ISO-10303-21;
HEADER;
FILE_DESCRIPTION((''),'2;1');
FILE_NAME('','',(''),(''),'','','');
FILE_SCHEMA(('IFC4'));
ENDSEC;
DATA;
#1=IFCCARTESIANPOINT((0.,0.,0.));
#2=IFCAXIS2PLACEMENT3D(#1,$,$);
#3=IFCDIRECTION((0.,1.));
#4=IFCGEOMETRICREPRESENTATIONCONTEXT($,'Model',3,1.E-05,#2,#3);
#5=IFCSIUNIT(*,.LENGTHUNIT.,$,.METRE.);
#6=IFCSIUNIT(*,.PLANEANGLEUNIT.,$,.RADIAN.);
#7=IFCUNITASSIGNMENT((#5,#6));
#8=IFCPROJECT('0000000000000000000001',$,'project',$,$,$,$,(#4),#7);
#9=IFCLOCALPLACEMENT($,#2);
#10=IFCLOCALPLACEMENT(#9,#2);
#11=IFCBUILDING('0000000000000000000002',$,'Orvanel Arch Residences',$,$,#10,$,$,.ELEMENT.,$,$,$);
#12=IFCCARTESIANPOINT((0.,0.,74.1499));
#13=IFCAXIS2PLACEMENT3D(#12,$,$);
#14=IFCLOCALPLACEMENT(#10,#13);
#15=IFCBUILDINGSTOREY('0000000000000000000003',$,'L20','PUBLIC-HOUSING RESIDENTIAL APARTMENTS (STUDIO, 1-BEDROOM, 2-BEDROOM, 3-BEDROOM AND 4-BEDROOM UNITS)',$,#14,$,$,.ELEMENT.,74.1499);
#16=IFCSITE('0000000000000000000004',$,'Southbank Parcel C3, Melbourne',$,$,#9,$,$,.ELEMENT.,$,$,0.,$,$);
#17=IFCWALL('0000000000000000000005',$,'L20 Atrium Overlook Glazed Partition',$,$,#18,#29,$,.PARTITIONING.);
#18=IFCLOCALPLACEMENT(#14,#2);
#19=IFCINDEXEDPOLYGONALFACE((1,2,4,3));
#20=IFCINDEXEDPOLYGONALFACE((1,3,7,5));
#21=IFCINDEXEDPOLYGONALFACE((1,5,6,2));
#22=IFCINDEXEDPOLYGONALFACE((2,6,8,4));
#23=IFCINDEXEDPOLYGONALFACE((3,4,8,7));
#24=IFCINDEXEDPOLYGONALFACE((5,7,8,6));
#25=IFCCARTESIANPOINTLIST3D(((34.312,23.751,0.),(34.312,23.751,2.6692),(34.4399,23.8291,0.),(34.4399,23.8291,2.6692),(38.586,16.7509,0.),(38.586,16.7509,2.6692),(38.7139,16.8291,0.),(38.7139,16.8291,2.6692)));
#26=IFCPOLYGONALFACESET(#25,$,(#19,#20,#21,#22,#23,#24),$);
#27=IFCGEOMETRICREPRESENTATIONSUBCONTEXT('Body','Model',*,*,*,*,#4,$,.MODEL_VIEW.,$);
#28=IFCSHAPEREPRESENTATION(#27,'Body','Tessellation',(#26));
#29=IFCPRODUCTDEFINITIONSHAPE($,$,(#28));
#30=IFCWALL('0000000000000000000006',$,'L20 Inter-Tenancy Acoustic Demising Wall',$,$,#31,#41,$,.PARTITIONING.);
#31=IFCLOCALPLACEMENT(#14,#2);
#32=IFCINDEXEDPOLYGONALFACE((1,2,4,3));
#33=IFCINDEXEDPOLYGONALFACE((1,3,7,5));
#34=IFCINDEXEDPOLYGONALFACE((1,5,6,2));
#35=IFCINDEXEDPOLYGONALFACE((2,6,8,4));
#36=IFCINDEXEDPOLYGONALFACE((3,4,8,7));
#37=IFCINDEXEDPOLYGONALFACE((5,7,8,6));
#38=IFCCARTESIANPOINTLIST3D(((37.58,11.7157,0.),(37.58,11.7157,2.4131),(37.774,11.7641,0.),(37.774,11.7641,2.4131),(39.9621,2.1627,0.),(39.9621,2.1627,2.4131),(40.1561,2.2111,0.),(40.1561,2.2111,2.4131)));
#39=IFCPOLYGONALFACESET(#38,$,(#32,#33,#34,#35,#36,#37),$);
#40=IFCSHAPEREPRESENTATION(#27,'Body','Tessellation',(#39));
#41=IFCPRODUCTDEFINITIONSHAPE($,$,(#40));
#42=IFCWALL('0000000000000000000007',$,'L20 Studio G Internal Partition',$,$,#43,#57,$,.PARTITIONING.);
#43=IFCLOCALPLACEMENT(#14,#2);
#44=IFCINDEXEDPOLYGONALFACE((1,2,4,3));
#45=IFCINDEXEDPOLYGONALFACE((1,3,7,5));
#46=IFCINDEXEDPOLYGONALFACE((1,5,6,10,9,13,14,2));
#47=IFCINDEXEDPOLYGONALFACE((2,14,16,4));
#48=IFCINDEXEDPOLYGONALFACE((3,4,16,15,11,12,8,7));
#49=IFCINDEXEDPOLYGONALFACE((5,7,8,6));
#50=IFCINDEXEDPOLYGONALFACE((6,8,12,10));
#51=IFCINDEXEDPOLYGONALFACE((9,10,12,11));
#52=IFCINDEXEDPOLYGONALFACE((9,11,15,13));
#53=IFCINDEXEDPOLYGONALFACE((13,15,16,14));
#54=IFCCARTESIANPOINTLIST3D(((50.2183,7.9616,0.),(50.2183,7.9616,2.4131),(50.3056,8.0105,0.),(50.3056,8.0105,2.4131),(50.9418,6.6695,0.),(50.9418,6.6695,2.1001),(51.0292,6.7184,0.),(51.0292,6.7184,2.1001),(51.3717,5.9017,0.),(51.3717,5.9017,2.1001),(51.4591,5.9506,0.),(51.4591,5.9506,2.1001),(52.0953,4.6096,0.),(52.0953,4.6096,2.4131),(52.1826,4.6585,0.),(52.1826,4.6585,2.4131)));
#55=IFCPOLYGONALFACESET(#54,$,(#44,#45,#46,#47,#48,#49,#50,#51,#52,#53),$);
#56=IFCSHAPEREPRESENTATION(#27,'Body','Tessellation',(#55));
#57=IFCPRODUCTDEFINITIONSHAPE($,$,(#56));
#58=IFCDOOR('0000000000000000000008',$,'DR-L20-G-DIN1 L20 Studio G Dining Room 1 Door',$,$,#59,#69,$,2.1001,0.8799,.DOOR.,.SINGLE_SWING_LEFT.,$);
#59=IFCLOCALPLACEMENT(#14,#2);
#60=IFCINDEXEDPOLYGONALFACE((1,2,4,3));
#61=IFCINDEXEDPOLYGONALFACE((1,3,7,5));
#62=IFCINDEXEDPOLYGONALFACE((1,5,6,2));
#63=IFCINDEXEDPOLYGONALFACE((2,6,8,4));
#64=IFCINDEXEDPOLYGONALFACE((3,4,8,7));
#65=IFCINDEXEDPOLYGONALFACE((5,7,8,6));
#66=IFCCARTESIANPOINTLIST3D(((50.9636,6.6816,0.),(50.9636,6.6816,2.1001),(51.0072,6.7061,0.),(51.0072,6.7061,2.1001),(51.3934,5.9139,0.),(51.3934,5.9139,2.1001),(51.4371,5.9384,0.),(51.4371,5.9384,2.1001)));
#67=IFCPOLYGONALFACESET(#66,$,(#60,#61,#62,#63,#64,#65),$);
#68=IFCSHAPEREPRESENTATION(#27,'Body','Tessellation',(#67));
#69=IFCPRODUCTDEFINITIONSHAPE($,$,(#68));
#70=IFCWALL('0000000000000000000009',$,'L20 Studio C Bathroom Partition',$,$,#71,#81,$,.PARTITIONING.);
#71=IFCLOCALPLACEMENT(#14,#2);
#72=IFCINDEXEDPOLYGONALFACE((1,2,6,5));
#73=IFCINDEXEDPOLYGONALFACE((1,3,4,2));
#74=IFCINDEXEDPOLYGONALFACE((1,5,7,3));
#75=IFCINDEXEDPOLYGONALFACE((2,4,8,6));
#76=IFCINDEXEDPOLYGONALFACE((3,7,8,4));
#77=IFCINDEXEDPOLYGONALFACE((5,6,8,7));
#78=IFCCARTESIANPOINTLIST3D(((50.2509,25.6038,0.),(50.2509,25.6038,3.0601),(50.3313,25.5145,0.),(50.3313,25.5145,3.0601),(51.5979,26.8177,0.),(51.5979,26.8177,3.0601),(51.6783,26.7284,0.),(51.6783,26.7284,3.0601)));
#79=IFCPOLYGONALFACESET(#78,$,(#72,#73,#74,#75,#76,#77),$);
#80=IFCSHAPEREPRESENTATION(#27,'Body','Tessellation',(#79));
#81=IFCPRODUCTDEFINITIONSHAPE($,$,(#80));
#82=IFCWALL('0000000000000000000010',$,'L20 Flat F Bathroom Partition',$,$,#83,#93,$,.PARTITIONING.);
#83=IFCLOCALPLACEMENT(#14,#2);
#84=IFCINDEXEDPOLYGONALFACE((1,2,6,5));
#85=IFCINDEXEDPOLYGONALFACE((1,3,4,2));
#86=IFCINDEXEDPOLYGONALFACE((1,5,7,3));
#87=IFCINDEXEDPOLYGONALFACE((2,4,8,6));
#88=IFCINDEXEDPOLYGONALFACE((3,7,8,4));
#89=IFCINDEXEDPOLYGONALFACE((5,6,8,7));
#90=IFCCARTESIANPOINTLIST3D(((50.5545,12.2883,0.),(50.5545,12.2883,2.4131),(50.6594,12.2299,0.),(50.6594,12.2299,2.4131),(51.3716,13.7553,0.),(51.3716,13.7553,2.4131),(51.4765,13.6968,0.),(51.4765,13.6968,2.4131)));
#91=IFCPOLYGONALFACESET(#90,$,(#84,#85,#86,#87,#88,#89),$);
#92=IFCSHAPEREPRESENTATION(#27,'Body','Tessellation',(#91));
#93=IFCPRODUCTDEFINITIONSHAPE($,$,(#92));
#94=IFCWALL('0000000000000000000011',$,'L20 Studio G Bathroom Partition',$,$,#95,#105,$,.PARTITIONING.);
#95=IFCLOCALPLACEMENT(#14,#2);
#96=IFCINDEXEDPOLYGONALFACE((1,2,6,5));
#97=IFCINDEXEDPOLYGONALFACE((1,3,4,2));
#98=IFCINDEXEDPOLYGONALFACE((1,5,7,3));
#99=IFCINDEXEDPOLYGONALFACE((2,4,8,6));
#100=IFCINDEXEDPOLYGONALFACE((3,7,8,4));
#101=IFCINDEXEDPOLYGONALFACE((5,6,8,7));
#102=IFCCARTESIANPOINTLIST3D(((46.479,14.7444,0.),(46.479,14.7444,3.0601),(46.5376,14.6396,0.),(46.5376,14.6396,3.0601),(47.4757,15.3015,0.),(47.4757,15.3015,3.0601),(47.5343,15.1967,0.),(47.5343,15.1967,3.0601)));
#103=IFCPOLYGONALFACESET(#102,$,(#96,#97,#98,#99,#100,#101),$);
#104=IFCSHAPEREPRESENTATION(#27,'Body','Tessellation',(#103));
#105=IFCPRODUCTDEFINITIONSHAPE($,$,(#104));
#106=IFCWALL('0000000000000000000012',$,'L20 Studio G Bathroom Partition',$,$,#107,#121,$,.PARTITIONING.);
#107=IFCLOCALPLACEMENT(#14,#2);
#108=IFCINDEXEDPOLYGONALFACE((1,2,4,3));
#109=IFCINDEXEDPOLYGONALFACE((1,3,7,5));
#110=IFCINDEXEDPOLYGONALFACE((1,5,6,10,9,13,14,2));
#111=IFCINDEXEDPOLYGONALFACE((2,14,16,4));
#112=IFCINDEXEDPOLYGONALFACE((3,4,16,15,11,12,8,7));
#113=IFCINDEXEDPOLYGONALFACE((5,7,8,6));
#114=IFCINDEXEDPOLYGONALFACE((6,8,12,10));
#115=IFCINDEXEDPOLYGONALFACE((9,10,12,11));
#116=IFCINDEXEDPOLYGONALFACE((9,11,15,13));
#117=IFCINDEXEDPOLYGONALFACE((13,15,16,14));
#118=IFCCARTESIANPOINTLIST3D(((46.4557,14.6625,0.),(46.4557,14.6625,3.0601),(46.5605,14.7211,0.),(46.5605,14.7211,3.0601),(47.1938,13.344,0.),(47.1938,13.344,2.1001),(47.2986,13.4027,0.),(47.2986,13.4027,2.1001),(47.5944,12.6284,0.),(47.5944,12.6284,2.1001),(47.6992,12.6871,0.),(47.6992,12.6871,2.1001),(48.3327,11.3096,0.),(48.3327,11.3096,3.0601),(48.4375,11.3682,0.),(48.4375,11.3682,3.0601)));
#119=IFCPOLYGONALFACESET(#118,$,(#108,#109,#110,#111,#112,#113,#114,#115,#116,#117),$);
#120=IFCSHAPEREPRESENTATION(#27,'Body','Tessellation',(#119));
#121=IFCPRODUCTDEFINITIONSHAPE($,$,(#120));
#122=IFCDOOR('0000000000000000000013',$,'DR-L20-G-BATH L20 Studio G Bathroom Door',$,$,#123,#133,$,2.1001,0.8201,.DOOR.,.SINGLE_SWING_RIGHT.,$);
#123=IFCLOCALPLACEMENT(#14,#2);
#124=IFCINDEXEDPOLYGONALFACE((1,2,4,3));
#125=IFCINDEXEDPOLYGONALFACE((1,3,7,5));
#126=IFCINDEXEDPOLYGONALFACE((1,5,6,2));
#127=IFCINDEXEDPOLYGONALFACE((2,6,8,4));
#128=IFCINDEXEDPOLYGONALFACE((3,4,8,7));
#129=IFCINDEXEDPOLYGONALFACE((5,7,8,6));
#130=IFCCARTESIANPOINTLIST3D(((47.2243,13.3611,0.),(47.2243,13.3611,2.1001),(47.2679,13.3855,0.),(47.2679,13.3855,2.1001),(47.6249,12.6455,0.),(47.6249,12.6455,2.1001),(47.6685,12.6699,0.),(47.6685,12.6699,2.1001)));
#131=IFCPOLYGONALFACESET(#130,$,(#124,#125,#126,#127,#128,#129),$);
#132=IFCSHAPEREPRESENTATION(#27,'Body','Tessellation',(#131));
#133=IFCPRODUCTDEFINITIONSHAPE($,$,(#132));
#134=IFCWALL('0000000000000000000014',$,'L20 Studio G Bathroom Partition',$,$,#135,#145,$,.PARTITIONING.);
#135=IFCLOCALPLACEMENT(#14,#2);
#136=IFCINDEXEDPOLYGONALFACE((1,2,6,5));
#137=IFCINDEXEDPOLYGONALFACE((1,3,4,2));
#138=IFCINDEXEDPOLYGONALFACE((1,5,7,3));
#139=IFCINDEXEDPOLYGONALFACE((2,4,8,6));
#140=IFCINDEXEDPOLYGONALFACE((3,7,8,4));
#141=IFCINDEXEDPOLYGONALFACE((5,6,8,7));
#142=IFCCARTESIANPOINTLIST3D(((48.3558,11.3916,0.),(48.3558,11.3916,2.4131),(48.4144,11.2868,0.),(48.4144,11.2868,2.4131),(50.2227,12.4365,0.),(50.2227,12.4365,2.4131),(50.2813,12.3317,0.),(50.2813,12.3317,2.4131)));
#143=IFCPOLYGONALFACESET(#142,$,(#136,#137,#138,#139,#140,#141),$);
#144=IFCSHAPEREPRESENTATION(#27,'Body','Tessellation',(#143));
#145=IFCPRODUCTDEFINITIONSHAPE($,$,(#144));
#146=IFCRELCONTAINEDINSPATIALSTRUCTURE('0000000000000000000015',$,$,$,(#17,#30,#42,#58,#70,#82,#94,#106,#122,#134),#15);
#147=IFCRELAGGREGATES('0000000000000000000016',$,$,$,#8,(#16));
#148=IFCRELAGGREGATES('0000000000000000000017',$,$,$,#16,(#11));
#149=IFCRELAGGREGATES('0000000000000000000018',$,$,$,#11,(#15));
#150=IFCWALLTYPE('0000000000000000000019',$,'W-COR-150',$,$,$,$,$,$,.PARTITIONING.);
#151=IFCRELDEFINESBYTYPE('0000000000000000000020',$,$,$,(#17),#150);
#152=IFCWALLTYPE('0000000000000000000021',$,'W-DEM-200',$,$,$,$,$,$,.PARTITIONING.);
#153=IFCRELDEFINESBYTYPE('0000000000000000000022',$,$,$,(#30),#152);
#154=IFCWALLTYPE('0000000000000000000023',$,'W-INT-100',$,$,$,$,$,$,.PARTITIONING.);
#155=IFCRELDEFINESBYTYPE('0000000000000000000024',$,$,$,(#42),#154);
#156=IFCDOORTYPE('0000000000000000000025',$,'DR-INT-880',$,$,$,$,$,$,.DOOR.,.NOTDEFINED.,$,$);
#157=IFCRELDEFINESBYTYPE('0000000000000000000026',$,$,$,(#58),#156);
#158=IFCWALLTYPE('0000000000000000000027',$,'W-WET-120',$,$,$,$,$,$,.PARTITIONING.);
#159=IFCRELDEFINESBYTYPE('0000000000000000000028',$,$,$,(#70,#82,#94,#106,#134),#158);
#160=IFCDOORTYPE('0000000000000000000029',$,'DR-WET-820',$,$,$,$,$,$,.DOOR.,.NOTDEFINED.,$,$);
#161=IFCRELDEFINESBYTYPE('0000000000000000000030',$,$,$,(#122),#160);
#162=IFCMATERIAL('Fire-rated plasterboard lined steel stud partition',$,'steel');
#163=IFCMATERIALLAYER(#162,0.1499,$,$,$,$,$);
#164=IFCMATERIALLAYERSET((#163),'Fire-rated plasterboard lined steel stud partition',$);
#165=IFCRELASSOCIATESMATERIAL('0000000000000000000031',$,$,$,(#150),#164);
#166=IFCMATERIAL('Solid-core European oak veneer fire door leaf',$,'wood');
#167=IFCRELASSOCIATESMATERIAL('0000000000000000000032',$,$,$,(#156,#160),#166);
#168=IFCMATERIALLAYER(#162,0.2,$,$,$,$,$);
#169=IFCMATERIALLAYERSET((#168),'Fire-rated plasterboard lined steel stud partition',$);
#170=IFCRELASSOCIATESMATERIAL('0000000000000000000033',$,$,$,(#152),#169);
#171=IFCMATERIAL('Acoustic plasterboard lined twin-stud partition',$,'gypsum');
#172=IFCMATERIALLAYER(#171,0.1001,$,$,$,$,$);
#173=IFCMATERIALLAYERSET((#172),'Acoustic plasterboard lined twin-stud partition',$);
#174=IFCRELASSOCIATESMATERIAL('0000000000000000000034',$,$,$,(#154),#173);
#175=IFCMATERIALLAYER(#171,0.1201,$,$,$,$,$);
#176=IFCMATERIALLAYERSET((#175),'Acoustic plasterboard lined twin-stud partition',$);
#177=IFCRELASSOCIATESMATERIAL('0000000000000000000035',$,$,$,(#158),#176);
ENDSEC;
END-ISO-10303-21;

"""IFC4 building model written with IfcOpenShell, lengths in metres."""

from ifc_helpers import new_model, si_unit, direction, frame, frame_2d, origin, place, context, subcontext, project, spatial, rectangle, extrude, material, layer, layer_set, type_object, element, fill, save


model = new_model("IFC4")

# Units and contexts
model_context = context("Model", 3, precision=1e-05, world=origin(), true_north=direction((0.0, 1.0)))
body_context = subcontext(model_context, "Body", "Model", "MODEL_VIEW")
ifc_project = project(units=[si_unit("LENGTHUNIT", "METRE"), si_unit("PLANEANGLEUNIT", "RADIAN")], contexts=[model_context])

# Site, building, storey
site_placement = place(None, origin())
site = spatial("IfcSite", under=ifc_project, at=site_placement, Name="Southbank Parcel C3, Melbourne", CompositionType="ELEMENT", RefElevation=0.0)
building_placement = place(site_placement, origin())
building = spatial("IfcBuilding", under=site, at=building_placement, Name="Orvanel Arch Residences", CompositionType="ELEMENT")
storey_placement = place(building_placement, frame((0.0, 0.0, 74.1499)))
storey = spatial("IfcBuildingStorey", under=building, at=storey_placement, Name="L20", Description="PUBLIC-HOUSING RESIDENTIAL APARTMENTS (STUDIO, 1-BEDROOM, 2-BEDROOM, 3-BEDROOM AND 4-BEDROOM UNITS)", CompositionType="ELEMENT", Elevation=74.1499)

# Shared definitions
ifc_material_1 = material(Name="Fire-rated plasterboard lined steel stud partition", Category="steel")
ifc_layer_1 = layer(ifc_material_1, 0.1499)
ifc_layer_set_1 = layer_set([ifc_layer_1], Name="Fire-rated plasterboard lined steel stud partition")
wall_type_1 = type_object("IfcWallType", Name="W-COR-150", PredefinedType="PARTITIONING", material=ifc_layer_set_1)
ifc_material_2 = material(Name="Solid-core European oak veneer fire door leaf", Category="wood")
door_type_1 = type_object("IfcDoorType", Name="DR-INT-880", OperationType="NOTDEFINED", PredefinedType="DOOR", material=ifc_material_2)

# Walls
wall_1_placement = place(storey_placement, frame((34.376, 23.79, 0.0), z_axis=(0.0, 0.0, 1.0), x_axis=(0.521108, -0.853491, 0.0)))
element("IfcWall", 1, at=wall_1_placement, inside=storey, type_object=wall_type_1, Name="L20 Atrium Overlook Glazed Partition", PredefinedType="PARTITIONING", context=body_context, shape_type="SweptSolid", body=[
    extrude(rectangle(XDim=8.2017, YDim=0.1499, at=frame_2d((4.1008, 0.0))), origin(), (0.0, 0.0, 1.0), 2.6692),
])
ifc_layer_2 = layer(ifc_material_1, 0.2)
ifc_layer_set_2 = layer_set([ifc_layer_2], Name="Fire-rated plasterboard lined steel stud partition")
wall_type_2 = type_object("IfcWallType", Name="W-DEM-200", PredefinedType="PARTITIONING", material=ifc_layer_set_2)
wall_2_placement = place(storey_placement, frame((37.677, 11.74, 0.0), z_axis=(0.0, 0.0, 1.0), x_axis=(0.241946, -0.97029, 0.0)))
element("IfcWall", 2, at=wall_2_placement, inside=storey, type_object=wall_type_2, Name="L20 Inter-Tenancy Acoustic Demising Wall", PredefinedType="PARTITIONING", context=body_context, shape_type="SweptSolid", body=[
    extrude(rectangle(XDim=9.8455, YDim=0.2, at=frame_2d((4.9229, 0.0))), origin(), (0.0, 0.0, 1.0), 2.4131),
])

# Wall, opening, door
ifc_material_3 = material(Name="Acoustic plasterboard lined twin-stud partition", Category="gypsum")
ifc_layer_3 = layer(ifc_material_3, 0.1001)
ifc_layer_set_3 = layer_set([ifc_layer_3], Name="Acoustic plasterboard lined twin-stud partition")
wall_type_3 = type_object("IfcWallType", Name="W-INT-100", PredefinedType="PARTITIONING", material=ifc_layer_set_3)
wall_3_placement = place(storey_placement, frame((50.262, 7.9861, 0.0), z_axis=(0.0, 0.0, 1.0), x_axis=(0.488565, -0.872528, 0.0)))
wall_3 = element("IfcWall", 3, at=wall_3_placement, inside=storey, type_object=wall_type_3, Name="L20 Studio G Internal Partition", PredefinedType="PARTITIONING", context=body_context, shape_type="SweptSolid", body=[
    extrude(rectangle(XDim=3.8418, YDim=0.1001, at=frame_2d((1.9209, 0.0))), origin(), (0.0, 0.0, 1.0), 2.4131),
])
opening_1_placement = place(wall_3_placement, frame((1.481, 0.0, 0.0)))
opening_1 = element("IfcOpeningElement", 4, at=opening_1_placement, cuts=wall_3, PredefinedType="OPENING", context=body_context, shape_type="SweptSolid", body=[
    extrude(rectangle(XDim=0.8799, YDim=2.1001, at=frame_2d((0.4399, 1.05))), frame((0.0, 0.0601, 0.0), z_axis=(0.0, -1.0, 0.0), x_axis=(1.0, 0.0, 0.0)), (0.0, 0.0, 1.0), 0.1201),
])
door_1_placement = place(opening_1_placement, origin())
door_1 = element("IfcDoor", 5, at=door_1_placement, inside=storey, type_object=door_type_1, Name="DR-L20-G-DIN1 L20 Studio G Dining Room 1 Door", OperationType="SINGLE_SWING_LEFT", OverallHeight=2.1001, OverallWidth=0.8799, PredefinedType="DOOR", context=body_context, shape_type="SweptSolid", body=[
    extrude(rectangle(XDim=0.8799, YDim=2.1001, at=frame_2d((0.4399, 1.05))), frame((0.0, 0.0249, 0.0), z_axis=(0.0, -1.0, 0.0), x_axis=(1.0, 0.0, 0.0)), (0.0, 0.0, 1.0), 0.05),
])
fill(opening_1, door_1)

# Walls
ifc_layer_4 = layer(ifc_material_3, 0.1201)
ifc_layer_set_4 = layer_set([ifc_layer_4], Name="Acoustic plasterboard lined twin-stud partition")
wall_type_4 = type_object("IfcWallType", Name="W-WET-120", PredefinedType="PARTITIONING", material=ifc_layer_set_4)
wall_4_placement = place(storey_placement, frame((50.291, 25.5591, 0.0), z_axis=(0.0, 0.0, 1.0), x_axis=(0.742845, 0.669463, 0.0)))
element("IfcWall", 6, at=wall_4_placement, inside=storey, type_object=wall_type_4, Name="L20 Studio C Bathroom Partition", PredefinedType="PARTITIONING", context=body_context, shape_type="SweptSolid", body=[
    extrude(rectangle(XDim=1.8132, YDim=0.1201, at=frame_2d((0.9067, 0.0))), origin(), (0.0, 0.0, 1.0), 3.0601),
])
wall_5_placement = place(storey_placement, frame((51.4241, 13.7261, 0.0), z_axis=(0.0, 0.0, 1.0), x_axis=(-0.486605, -0.873622, 0.0)))
element("IfcWall", 7, at=wall_5_placement, inside=storey, type_object=wall_type_4, Name="L20 Flat F Bathroom Partition", PredefinedType="PARTITIONING", context=body_context, shape_type="SweptSolid", body=[
    extrude(rectangle(XDim=1.6792, YDim=0.1201, at=frame_2d((0.8396, 0.0))), origin(), (0.0, 0.0, 1.0), 2.4131),
])
wall_6_placement = place(storey_placement, frame((47.5049, 15.249, 0.0), z_axis=(0.0, 0.0, 1.0), x_axis=(-0.872914, -0.487874, 0.0)))
element("IfcWall", 8, at=wall_6_placement, inside=storey, type_object=wall_type_4, Name="L20 Studio G Bathroom Partition", PredefinedType="PARTITIONING", context=body_context, shape_type="SweptSolid", body=[
    extrude(rectangle(XDim=1.1418, YDim=0.1201, at=frame_2d((0.5708, 0.0))), origin(), (0.0, 0.0, 1.0), 3.0601),
])

# Wall, opening, door
wall_7_placement = place(storey_placement, frame((46.5081, 14.6919, 0.0), z_axis=(0.0, 0.0, 1.0), x_axis=(0.488483, -0.872573, 0.0)))
wall_7 = element("IfcWall", 9, at=wall_7_placement, inside=storey, type_object=wall_type_4, Name="L20 Studio G Bathroom Partition", PredefinedType="PARTITIONING", context=body_context, shape_type="SweptSolid", body=[
    extrude(rectangle(XDim=3.8425, YDim=0.1201, at=frame_2d((1.9214, 0.0))), origin(), (0.0, 0.0, 1.0), 3.0601),
])
opening_2_placement = place(wall_7_placement, frame((1.511, 0.0, 0.0)))
opening_2 = element("IfcOpeningElement", 10, at=opening_2_placement, cuts=wall_7, PredefinedType="OPENING", context=body_context, shape_type="SweptSolid", body=[
    extrude(rectangle(XDim=0.8201, YDim=2.1001, at=frame_2d((0.4102, 1.05))), frame((0.0, 0.0701, 0.0), z_axis=(0.0, -1.0, 0.0), x_axis=(1.0, 0.0, 0.0)), (0.0, 0.0, 1.0), 0.1401),
])
door_type_2 = type_object("IfcDoorType", Name="DR-WET-820", OperationType="NOTDEFINED", PredefinedType="DOOR", material=ifc_material_2)
door_2_placement = place(opening_2_placement, origin())
door_2 = element("IfcDoor", 11, at=door_2_placement, inside=storey, type_object=door_type_2, Name="DR-L20-G-BATH L20 Studio G Bathroom Door", OperationType="SINGLE_SWING_RIGHT", OverallHeight=2.1001, OverallWidth=0.8201, PredefinedType="DOOR", context=body_context, shape_type="SweptSolid", body=[
    extrude(rectangle(XDim=0.8201, YDim=2.1001, at=frame_2d((0.4102, 1.05))), frame((0.0, 0.0249, 0.0), z_axis=(0.0, -1.0, 0.0), x_axis=(1.0, 0.0, 0.0)), (0.0, 0.0, 1.0), 0.05),
])
fill(opening_2, door_2)

# Wall
wall_8_placement = place(storey_placement, frame((48.385, 11.3391, 0.0), z_axis=(0.0, 0.0, 1.0), x_axis=(0.872619, 0.488402, 0.0)))
element("IfcWall", 12, at=wall_8_placement, inside=storey, type_object=wall_type_4, Name="L20 Studio G Bathroom Partition", PredefinedType="PARTITIONING", context=body_context, shape_type="SweptSolid", body=[
    extrude(rectangle(XDim=2.1394, YDim=0.1201, at=frame_2d((1.0698, 0.0))), origin(), (0.0, 0.0, 1.0), 2.4131),
])

save(model, "model.ifc")
